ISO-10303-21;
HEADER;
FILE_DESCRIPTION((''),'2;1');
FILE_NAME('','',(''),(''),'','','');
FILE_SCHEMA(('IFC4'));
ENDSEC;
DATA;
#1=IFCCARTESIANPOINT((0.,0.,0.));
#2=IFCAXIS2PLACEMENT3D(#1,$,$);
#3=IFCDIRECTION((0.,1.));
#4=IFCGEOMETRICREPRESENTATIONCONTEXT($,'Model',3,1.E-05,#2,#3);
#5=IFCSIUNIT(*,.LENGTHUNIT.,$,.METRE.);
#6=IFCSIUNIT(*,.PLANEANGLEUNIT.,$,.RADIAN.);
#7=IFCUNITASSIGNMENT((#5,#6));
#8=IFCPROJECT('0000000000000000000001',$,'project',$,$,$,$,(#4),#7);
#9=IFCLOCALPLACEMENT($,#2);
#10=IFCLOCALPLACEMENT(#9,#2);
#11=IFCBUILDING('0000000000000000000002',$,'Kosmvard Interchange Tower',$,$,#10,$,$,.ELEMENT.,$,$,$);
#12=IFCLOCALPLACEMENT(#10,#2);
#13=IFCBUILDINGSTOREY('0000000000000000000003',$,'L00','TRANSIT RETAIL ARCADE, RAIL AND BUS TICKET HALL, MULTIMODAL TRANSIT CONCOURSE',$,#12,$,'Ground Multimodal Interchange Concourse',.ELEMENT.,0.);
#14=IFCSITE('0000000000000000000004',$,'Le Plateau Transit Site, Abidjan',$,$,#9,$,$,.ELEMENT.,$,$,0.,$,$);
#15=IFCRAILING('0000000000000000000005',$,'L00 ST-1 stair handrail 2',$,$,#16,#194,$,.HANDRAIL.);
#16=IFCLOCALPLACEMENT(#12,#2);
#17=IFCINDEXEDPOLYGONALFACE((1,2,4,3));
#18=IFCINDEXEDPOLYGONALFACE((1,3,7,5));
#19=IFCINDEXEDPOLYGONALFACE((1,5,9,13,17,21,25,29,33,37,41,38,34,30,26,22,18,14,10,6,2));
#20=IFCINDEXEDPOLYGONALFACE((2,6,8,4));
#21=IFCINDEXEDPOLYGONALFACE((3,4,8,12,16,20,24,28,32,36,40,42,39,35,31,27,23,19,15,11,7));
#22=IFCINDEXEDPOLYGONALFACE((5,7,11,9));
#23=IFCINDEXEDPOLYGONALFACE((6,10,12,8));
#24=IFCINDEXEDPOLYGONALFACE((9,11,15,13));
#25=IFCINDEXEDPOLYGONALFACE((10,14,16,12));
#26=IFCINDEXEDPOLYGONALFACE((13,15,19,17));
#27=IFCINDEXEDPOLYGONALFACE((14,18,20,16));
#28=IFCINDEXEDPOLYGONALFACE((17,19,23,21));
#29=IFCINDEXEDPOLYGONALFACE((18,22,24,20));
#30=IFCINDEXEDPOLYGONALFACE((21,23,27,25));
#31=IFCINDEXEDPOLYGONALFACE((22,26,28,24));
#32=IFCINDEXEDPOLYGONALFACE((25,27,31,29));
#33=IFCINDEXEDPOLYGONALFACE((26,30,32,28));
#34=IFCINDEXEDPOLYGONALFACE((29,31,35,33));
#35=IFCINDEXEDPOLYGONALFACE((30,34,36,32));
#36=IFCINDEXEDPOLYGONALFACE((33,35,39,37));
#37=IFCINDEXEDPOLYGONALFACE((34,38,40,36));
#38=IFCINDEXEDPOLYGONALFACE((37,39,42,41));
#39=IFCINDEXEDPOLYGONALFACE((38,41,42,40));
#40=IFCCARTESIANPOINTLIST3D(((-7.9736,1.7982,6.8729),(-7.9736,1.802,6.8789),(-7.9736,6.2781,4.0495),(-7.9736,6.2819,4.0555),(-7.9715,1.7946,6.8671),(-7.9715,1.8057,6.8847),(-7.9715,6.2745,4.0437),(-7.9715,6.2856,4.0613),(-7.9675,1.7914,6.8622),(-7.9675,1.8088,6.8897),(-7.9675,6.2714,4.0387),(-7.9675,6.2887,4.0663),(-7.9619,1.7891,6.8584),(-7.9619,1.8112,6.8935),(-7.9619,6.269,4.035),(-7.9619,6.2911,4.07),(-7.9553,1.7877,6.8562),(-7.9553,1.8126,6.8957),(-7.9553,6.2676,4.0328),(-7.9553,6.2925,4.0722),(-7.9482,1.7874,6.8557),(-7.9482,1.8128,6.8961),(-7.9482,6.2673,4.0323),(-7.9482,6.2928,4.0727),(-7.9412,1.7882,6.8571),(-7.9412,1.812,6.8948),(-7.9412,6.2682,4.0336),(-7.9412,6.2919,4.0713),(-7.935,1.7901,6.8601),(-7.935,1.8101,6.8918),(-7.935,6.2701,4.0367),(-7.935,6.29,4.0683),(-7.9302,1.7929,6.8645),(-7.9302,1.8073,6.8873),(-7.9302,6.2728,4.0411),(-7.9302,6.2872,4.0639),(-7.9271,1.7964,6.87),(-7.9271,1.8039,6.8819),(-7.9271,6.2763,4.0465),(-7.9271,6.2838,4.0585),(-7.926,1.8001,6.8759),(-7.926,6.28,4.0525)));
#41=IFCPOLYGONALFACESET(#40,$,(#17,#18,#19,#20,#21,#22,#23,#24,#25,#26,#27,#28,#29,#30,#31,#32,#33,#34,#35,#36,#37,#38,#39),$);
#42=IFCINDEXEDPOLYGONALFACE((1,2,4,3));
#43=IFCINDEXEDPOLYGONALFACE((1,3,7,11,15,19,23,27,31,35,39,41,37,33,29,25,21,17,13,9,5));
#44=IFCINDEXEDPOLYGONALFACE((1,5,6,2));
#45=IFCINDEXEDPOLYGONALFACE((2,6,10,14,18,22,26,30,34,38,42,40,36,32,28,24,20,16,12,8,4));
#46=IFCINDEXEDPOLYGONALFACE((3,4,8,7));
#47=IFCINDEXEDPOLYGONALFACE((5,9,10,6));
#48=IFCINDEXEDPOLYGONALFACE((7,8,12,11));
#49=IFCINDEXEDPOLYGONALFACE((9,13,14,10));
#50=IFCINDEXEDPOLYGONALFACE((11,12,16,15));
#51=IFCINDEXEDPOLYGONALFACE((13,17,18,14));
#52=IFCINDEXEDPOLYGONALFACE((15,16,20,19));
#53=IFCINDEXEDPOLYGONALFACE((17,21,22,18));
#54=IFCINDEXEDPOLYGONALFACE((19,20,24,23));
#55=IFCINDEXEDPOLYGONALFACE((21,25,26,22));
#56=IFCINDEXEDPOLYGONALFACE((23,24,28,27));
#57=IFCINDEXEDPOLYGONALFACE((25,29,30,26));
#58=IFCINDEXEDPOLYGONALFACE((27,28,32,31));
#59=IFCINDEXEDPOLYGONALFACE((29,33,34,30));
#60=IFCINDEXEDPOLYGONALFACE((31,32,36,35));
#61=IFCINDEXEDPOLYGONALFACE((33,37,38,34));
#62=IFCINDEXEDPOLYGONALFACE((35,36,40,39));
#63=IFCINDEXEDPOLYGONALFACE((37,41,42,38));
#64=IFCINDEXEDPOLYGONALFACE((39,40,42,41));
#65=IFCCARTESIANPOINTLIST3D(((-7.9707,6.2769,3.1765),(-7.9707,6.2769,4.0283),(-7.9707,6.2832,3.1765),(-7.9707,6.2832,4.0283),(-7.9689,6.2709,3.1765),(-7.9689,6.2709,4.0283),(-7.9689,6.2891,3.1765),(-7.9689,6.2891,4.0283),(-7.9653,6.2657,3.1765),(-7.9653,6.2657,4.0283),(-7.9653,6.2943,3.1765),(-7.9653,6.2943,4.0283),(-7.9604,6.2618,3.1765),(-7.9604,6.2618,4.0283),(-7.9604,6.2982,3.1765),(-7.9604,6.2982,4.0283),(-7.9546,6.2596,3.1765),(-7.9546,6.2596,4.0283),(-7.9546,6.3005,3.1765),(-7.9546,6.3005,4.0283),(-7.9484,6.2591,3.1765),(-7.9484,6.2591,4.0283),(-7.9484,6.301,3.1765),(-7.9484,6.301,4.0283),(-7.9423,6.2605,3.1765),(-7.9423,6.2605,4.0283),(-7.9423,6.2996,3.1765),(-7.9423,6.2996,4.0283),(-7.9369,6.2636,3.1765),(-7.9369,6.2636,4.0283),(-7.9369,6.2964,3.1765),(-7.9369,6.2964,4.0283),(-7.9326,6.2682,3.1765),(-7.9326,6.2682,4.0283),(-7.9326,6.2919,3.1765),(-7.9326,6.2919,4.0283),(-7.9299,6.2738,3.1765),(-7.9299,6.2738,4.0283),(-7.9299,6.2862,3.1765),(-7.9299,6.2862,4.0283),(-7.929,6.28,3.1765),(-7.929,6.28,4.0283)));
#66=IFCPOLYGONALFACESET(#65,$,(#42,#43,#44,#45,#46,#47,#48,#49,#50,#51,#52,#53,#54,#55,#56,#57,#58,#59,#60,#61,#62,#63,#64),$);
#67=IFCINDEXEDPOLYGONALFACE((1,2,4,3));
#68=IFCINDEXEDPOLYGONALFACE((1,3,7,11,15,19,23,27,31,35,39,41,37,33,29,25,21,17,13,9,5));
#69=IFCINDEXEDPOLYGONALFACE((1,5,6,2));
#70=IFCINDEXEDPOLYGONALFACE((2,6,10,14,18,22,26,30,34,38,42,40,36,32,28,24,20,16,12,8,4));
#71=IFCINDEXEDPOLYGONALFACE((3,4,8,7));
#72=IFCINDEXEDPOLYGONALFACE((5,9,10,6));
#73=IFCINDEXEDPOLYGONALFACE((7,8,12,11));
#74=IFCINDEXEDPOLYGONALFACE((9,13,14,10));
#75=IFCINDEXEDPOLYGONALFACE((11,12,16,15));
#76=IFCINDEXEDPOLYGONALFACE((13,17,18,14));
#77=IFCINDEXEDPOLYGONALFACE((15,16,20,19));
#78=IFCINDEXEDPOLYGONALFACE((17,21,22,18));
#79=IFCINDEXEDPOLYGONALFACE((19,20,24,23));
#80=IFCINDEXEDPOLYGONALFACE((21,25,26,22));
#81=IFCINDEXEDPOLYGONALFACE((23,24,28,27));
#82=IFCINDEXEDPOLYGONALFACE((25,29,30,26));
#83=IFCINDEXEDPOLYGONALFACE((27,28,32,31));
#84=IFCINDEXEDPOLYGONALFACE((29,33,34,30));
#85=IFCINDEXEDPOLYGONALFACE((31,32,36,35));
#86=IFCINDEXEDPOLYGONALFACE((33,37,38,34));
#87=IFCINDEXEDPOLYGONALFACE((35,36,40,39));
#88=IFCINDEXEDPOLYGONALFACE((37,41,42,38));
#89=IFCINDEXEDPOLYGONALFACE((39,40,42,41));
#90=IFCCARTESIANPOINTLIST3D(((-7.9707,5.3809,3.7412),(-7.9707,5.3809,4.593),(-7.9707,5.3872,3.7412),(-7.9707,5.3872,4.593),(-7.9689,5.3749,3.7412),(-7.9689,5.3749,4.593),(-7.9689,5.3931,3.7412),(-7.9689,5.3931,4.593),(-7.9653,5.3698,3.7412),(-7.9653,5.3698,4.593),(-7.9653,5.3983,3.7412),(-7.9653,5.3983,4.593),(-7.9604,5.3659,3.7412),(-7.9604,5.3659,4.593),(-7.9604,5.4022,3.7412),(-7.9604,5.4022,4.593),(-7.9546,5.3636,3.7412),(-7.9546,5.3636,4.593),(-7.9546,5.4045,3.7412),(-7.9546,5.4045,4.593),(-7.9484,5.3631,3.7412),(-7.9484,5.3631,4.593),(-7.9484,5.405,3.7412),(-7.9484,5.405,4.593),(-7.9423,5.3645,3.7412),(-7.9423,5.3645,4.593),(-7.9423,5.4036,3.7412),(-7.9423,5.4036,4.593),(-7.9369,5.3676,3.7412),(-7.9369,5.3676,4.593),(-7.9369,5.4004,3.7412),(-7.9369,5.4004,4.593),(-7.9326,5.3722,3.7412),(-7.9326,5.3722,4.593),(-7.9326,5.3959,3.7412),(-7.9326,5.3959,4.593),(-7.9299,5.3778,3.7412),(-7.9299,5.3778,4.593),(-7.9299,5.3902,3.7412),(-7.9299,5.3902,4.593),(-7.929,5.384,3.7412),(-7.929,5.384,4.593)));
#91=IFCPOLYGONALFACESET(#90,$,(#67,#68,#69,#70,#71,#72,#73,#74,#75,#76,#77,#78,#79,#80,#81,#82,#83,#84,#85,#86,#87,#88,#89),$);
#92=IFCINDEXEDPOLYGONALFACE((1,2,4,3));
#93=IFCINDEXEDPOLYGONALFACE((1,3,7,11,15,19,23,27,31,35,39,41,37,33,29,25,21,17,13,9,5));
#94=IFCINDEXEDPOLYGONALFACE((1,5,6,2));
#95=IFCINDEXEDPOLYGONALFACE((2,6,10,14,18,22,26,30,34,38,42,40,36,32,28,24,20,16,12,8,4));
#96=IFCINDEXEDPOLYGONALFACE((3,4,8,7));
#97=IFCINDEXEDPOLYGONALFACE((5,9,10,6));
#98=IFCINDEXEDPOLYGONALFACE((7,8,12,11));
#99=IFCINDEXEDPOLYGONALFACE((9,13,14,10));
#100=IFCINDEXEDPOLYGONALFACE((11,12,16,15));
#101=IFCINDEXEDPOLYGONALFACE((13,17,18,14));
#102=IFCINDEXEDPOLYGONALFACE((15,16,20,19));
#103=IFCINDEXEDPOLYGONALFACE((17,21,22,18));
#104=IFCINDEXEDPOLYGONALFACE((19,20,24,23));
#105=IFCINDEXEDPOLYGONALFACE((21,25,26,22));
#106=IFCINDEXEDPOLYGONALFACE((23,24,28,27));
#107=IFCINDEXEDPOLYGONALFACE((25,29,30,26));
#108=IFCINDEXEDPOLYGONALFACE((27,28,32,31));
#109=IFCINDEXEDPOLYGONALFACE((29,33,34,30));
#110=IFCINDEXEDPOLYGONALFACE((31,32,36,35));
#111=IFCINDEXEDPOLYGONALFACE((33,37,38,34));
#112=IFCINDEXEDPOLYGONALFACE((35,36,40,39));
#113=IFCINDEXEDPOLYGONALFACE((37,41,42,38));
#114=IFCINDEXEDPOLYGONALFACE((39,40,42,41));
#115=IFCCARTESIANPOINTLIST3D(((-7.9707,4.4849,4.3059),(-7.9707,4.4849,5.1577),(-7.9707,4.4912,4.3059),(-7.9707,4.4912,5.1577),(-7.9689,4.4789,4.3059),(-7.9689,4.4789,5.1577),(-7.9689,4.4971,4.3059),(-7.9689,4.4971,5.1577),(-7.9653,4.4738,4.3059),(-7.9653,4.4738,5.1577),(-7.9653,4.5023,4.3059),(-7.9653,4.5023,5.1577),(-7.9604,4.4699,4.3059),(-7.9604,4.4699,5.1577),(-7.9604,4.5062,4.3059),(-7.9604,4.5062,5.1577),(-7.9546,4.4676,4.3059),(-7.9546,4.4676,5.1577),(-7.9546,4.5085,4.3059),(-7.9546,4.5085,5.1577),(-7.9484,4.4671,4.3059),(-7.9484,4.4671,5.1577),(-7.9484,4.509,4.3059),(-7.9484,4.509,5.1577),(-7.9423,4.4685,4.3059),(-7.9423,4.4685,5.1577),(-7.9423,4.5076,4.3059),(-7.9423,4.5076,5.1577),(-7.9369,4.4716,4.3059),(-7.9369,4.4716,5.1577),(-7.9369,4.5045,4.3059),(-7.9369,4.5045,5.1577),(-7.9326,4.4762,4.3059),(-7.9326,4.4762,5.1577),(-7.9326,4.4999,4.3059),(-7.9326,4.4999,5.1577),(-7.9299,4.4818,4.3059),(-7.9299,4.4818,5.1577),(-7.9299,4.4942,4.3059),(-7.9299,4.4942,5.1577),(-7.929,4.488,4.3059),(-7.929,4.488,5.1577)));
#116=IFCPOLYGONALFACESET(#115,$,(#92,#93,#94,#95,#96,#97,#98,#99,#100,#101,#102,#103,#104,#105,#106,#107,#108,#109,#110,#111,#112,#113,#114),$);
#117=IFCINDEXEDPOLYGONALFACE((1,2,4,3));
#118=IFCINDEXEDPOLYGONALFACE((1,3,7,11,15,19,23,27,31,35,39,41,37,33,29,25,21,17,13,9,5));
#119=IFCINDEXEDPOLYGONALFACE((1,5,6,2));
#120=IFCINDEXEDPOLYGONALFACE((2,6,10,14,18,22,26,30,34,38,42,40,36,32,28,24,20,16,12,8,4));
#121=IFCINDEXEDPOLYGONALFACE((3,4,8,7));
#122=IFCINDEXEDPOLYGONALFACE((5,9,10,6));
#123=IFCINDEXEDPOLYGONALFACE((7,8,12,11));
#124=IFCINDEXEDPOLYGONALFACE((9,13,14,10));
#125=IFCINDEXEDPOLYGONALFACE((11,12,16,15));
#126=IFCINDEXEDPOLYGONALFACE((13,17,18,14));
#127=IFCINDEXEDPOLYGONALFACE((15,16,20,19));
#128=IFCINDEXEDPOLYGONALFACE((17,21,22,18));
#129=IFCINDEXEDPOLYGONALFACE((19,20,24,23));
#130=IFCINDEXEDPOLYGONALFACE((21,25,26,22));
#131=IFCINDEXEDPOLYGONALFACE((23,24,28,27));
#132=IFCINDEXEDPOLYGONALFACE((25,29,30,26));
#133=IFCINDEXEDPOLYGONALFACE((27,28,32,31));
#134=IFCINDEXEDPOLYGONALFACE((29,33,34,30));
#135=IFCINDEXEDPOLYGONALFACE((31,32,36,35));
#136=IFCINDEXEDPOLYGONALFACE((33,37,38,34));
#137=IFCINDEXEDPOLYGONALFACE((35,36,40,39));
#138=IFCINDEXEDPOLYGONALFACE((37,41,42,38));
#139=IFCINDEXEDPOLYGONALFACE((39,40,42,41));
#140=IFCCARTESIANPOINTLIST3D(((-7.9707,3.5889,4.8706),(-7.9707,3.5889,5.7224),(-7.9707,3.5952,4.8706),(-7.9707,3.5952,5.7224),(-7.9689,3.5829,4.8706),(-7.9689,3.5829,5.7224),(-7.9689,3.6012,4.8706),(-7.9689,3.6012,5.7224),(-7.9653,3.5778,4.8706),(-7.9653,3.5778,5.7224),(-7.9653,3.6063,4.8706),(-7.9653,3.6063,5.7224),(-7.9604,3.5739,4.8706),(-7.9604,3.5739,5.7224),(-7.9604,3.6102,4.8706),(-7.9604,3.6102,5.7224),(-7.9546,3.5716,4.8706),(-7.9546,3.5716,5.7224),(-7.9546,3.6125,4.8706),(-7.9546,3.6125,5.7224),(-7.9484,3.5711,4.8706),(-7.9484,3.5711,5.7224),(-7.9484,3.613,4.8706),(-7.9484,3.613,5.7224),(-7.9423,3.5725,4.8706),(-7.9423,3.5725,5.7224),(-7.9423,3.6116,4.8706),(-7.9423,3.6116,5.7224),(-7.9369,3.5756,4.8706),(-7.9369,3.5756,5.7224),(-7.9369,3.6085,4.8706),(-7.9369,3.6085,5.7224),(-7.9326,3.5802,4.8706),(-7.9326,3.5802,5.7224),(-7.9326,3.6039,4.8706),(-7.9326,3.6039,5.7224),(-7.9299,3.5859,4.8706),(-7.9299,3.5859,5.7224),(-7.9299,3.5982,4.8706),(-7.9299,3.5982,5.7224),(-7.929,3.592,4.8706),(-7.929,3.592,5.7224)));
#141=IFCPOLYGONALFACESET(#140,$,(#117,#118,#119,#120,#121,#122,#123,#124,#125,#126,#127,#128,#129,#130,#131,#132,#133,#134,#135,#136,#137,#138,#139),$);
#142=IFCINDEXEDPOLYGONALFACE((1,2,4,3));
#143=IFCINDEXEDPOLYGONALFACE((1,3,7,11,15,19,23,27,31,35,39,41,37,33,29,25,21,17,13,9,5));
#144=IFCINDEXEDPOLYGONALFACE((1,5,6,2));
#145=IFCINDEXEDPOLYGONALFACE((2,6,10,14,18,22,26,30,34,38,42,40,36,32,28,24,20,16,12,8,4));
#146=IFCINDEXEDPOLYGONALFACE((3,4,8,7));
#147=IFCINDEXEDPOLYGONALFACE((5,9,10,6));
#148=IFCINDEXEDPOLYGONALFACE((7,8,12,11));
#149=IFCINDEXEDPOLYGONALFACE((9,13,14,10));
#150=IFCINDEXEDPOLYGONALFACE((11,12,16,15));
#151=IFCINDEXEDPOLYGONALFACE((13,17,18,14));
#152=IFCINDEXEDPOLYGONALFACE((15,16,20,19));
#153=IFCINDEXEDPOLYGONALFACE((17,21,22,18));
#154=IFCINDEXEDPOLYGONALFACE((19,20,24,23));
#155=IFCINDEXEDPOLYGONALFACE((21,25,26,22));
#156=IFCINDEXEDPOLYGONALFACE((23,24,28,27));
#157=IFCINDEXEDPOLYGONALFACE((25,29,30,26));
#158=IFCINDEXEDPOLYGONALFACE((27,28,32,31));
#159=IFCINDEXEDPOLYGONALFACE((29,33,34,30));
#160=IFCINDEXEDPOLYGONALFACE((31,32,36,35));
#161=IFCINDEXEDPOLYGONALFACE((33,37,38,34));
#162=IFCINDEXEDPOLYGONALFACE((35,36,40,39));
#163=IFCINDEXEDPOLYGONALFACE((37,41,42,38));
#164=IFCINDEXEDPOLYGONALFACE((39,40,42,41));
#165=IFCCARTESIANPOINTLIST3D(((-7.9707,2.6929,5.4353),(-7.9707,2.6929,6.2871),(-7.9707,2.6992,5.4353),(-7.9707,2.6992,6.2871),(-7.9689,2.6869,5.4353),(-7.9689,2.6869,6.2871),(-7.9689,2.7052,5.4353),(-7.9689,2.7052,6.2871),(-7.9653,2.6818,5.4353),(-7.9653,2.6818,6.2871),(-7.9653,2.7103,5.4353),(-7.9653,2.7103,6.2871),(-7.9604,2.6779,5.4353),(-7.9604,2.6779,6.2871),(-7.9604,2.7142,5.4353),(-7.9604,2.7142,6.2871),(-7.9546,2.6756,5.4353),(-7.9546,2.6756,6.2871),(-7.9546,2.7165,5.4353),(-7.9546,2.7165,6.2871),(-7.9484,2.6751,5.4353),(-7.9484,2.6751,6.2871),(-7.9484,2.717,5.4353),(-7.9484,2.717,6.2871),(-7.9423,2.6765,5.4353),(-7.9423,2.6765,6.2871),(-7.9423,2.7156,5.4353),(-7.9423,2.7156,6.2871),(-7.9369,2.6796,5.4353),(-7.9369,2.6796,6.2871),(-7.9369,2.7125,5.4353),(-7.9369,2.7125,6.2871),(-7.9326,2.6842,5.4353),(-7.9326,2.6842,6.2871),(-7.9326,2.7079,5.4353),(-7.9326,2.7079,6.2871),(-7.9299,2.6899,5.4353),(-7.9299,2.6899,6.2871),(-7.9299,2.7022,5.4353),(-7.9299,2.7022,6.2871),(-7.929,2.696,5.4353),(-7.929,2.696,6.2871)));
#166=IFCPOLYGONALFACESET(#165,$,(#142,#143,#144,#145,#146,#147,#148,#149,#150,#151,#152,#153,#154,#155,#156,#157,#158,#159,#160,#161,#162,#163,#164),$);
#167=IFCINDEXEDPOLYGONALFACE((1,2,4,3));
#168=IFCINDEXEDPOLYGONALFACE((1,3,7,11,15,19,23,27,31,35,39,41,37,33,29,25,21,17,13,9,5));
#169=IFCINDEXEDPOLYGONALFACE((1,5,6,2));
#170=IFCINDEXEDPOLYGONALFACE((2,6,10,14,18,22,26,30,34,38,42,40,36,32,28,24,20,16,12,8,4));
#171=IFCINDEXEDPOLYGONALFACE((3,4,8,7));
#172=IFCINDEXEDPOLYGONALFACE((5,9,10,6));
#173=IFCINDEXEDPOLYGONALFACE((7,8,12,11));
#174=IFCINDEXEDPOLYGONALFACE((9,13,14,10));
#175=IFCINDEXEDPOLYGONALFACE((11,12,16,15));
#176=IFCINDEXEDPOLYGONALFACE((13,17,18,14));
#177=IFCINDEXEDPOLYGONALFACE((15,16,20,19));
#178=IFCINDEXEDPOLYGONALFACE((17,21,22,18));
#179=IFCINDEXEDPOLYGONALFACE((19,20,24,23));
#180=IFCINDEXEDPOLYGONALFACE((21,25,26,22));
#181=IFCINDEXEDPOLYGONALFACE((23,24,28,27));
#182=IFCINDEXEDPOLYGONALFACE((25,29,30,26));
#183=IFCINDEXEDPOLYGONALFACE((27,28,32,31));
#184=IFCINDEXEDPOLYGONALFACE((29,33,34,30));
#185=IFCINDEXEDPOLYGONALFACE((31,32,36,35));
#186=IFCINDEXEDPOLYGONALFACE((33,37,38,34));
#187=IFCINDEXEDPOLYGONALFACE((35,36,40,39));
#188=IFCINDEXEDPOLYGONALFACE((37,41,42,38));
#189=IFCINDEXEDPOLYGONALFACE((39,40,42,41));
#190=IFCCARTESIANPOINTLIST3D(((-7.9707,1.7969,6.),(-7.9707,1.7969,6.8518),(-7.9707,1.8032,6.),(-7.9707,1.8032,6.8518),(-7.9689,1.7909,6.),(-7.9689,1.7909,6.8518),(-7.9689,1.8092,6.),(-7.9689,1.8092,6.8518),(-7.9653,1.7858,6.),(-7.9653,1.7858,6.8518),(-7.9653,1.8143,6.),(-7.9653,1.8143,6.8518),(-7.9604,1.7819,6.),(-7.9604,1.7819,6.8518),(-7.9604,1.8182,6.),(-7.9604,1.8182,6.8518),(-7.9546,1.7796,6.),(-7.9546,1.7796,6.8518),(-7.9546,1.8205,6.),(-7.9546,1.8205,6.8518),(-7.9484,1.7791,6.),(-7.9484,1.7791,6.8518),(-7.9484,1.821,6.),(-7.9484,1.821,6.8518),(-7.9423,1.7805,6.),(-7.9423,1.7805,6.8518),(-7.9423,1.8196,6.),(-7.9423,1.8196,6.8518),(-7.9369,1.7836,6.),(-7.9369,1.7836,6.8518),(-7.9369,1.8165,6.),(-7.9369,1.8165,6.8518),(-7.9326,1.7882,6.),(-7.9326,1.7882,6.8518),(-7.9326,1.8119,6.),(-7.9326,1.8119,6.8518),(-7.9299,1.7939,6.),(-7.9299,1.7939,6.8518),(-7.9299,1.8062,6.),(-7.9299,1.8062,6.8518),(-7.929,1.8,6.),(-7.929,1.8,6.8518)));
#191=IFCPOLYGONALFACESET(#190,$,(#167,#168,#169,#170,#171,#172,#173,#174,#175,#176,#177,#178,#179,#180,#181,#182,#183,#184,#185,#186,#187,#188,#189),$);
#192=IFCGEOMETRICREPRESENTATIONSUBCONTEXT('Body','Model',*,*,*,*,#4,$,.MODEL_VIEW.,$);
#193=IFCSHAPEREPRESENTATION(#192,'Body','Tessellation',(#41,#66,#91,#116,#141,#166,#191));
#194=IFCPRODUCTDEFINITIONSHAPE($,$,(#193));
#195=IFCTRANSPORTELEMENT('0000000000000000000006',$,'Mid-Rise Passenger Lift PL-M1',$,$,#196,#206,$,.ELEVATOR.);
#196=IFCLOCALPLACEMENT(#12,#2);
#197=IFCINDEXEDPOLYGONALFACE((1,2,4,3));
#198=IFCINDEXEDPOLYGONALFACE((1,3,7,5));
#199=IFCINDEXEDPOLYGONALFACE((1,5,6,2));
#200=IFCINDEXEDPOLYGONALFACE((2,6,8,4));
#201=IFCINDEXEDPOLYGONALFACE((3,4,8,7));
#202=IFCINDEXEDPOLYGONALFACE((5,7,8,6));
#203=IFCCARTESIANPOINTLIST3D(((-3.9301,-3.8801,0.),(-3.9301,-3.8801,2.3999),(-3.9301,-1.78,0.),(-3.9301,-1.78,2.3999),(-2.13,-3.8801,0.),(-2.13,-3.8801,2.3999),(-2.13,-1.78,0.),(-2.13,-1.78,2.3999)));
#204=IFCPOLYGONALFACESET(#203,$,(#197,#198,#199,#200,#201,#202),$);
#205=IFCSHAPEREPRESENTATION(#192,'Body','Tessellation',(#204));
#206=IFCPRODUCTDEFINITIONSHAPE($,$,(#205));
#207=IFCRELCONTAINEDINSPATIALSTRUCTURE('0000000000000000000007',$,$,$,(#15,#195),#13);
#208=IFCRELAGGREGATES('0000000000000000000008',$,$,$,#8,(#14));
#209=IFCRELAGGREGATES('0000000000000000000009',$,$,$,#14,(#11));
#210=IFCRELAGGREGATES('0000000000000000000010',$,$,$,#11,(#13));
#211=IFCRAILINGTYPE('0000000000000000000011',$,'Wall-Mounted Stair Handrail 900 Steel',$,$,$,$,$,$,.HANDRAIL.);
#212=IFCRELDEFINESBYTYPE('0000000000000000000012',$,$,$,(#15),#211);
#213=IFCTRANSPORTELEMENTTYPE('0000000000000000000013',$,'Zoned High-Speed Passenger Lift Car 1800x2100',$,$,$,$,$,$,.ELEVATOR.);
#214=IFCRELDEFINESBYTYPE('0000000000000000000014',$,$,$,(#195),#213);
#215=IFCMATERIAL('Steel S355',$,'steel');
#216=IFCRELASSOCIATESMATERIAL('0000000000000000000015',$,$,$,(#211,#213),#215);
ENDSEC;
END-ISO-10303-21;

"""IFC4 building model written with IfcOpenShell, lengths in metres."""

from ifc_helpers import new_model, si_unit, direction, frame, origin, origin_2d, place, context, subcontext, project, spatial, rectangle, circle, extrude, source, transform, mapped, material, type_object, element, save


model = new_model("IFC4")

# Units and contexts
model_context = context("Model", 3, precision=1e-05, world=origin(), true_north=direction((0.0, 1.0)))
body_context = subcontext(model_context, "Body", "Model", "MODEL_VIEW")
ifc_project = project(units=[si_unit("LENGTHUNIT", "METRE"), si_unit("PLANEANGLEUNIT", "RADIAN")], contexts=[model_context])

# Site, building, storey
site_placement = place(None, origin())
site = spatial("IfcSite", under=ifc_project, at=site_placement, Name="Le Plateau Transit Site, Abidjan", CompositionType="ELEMENT", RefElevation=0.0)
building_placement = place(site_placement, origin())
building = spatial("IfcBuilding", under=site, at=building_placement, Name="Kosmvard Interchange Tower", CompositionType="ELEMENT")
storey_placement = place(building_placement, origin())
storey = spatial("IfcBuildingStorey", under=building, at=storey_placement, Name="L00", Description="TRANSIT RETAIL ARCADE, RAIL AND BUS TICKET HALL, MULTIMODAL TRANSIT CONCOURSE", LongName="Ground Multimodal Interchange Concourse", CompositionType="ELEMENT", Elevation=0.0)

# Railing
ifc_material_1 = material(Name="Steel S355", Category="steel")
railing_type_1 = type_object("IfcRailingType", Name="Wall-Mounted Stair Handrail 900 Steel", PredefinedType="HANDRAIL", material=ifc_material_1)
shared_shape_1 = source(origin(), body_context, "Body", "SweptSolid", [
    extrude(circle(Radius=0.0239, at=origin_2d()), frame((0.0, 0.0, 0.876), z_axis=(0.0, -0.845998, 0.533186), x_axis=(1.0, 0.0, 0.0)), (0.0, 0.0, 1.0), 5.2954),
    extrude(circle(Radius=0.021, at=origin_2d()), origin(), (0.0, 0.0, 1.0), 0.8518),
    extrude(circle(Radius=0.021, at=origin_2d()), frame((0.0, -0.896, 0.5647)), (0.0, 0.0, 1.0), 0.8518),
    extrude(circle(Radius=0.021, at=origin_2d()), frame((0.0, -1.792, 1.1294)), (0.0, 0.0, 1.0), 0.8518),
    extrude(circle(Radius=0.021, at=origin_2d()), frame((0.0, -2.688, 1.6941)), (0.0, 0.0, 1.0), 0.8518),
    extrude(circle(Radius=0.021, at=origin_2d()), frame((0.0, -3.584, 2.2588)), (0.0, 0.0, 1.0), 0.8518),
    extrude(circle(Radius=0.021, at=origin_2d()), frame((0.0, -4.48, 2.8235)), (0.0, 0.0, 1.0), 0.8518),
])
railing_1_placement = place(storey_placement, frame((-7.95, 6.28, 3.1765)))
element("IfcRailing", 1, at=railing_1_placement, inside=storey, type_object=railing_type_1, Name="L00 ST-1 stair handrail 2", PredefinedType="HANDRAIL", context=body_context, shape_type="MappedRepresentation", body=[
    mapped(shared_shape_1, transform((0.0, 0.0, 0.0), scale=1.0)),
])

# Transport element
transport_element_type = type_object("IfcTransportElementType", Name="Zoned High-Speed Passenger Lift Car 1800x2100", PredefinedType="ELEVATOR", material=ifc_material_1)
shared_shape_2 = source(origin(), body_context, "Body", "SweptSolid", [
    extrude(rectangle(XDim=1.8, YDim=2.1001, at=origin_2d()), origin(), (0.0, 0.0, 1.0), 2.3999),
])
for number, where, z_axis, x_axis, name in (
    (2, (-3.03, -2.8301, 0.0), (0.0, 0.0, 1.0), (1.0, 0.0, 0.0), "Mid-Rise Passenger Lift PL-M1"),
):
    element("IfcTransportElement", number, at=place(storey_placement, frame(where, z_axis=z_axis, x_axis=x_axis)), inside=storey, type_object=transport_element_type, Name=name, PredefinedType="ELEVATOR", context=body_context, shape_type="MappedRepresentation", body=[
        mapped(shared_shape_2, transform((0.0, 0.0, 0.0), scale=1.0)),
    ])

save(model, "model.ifc")
